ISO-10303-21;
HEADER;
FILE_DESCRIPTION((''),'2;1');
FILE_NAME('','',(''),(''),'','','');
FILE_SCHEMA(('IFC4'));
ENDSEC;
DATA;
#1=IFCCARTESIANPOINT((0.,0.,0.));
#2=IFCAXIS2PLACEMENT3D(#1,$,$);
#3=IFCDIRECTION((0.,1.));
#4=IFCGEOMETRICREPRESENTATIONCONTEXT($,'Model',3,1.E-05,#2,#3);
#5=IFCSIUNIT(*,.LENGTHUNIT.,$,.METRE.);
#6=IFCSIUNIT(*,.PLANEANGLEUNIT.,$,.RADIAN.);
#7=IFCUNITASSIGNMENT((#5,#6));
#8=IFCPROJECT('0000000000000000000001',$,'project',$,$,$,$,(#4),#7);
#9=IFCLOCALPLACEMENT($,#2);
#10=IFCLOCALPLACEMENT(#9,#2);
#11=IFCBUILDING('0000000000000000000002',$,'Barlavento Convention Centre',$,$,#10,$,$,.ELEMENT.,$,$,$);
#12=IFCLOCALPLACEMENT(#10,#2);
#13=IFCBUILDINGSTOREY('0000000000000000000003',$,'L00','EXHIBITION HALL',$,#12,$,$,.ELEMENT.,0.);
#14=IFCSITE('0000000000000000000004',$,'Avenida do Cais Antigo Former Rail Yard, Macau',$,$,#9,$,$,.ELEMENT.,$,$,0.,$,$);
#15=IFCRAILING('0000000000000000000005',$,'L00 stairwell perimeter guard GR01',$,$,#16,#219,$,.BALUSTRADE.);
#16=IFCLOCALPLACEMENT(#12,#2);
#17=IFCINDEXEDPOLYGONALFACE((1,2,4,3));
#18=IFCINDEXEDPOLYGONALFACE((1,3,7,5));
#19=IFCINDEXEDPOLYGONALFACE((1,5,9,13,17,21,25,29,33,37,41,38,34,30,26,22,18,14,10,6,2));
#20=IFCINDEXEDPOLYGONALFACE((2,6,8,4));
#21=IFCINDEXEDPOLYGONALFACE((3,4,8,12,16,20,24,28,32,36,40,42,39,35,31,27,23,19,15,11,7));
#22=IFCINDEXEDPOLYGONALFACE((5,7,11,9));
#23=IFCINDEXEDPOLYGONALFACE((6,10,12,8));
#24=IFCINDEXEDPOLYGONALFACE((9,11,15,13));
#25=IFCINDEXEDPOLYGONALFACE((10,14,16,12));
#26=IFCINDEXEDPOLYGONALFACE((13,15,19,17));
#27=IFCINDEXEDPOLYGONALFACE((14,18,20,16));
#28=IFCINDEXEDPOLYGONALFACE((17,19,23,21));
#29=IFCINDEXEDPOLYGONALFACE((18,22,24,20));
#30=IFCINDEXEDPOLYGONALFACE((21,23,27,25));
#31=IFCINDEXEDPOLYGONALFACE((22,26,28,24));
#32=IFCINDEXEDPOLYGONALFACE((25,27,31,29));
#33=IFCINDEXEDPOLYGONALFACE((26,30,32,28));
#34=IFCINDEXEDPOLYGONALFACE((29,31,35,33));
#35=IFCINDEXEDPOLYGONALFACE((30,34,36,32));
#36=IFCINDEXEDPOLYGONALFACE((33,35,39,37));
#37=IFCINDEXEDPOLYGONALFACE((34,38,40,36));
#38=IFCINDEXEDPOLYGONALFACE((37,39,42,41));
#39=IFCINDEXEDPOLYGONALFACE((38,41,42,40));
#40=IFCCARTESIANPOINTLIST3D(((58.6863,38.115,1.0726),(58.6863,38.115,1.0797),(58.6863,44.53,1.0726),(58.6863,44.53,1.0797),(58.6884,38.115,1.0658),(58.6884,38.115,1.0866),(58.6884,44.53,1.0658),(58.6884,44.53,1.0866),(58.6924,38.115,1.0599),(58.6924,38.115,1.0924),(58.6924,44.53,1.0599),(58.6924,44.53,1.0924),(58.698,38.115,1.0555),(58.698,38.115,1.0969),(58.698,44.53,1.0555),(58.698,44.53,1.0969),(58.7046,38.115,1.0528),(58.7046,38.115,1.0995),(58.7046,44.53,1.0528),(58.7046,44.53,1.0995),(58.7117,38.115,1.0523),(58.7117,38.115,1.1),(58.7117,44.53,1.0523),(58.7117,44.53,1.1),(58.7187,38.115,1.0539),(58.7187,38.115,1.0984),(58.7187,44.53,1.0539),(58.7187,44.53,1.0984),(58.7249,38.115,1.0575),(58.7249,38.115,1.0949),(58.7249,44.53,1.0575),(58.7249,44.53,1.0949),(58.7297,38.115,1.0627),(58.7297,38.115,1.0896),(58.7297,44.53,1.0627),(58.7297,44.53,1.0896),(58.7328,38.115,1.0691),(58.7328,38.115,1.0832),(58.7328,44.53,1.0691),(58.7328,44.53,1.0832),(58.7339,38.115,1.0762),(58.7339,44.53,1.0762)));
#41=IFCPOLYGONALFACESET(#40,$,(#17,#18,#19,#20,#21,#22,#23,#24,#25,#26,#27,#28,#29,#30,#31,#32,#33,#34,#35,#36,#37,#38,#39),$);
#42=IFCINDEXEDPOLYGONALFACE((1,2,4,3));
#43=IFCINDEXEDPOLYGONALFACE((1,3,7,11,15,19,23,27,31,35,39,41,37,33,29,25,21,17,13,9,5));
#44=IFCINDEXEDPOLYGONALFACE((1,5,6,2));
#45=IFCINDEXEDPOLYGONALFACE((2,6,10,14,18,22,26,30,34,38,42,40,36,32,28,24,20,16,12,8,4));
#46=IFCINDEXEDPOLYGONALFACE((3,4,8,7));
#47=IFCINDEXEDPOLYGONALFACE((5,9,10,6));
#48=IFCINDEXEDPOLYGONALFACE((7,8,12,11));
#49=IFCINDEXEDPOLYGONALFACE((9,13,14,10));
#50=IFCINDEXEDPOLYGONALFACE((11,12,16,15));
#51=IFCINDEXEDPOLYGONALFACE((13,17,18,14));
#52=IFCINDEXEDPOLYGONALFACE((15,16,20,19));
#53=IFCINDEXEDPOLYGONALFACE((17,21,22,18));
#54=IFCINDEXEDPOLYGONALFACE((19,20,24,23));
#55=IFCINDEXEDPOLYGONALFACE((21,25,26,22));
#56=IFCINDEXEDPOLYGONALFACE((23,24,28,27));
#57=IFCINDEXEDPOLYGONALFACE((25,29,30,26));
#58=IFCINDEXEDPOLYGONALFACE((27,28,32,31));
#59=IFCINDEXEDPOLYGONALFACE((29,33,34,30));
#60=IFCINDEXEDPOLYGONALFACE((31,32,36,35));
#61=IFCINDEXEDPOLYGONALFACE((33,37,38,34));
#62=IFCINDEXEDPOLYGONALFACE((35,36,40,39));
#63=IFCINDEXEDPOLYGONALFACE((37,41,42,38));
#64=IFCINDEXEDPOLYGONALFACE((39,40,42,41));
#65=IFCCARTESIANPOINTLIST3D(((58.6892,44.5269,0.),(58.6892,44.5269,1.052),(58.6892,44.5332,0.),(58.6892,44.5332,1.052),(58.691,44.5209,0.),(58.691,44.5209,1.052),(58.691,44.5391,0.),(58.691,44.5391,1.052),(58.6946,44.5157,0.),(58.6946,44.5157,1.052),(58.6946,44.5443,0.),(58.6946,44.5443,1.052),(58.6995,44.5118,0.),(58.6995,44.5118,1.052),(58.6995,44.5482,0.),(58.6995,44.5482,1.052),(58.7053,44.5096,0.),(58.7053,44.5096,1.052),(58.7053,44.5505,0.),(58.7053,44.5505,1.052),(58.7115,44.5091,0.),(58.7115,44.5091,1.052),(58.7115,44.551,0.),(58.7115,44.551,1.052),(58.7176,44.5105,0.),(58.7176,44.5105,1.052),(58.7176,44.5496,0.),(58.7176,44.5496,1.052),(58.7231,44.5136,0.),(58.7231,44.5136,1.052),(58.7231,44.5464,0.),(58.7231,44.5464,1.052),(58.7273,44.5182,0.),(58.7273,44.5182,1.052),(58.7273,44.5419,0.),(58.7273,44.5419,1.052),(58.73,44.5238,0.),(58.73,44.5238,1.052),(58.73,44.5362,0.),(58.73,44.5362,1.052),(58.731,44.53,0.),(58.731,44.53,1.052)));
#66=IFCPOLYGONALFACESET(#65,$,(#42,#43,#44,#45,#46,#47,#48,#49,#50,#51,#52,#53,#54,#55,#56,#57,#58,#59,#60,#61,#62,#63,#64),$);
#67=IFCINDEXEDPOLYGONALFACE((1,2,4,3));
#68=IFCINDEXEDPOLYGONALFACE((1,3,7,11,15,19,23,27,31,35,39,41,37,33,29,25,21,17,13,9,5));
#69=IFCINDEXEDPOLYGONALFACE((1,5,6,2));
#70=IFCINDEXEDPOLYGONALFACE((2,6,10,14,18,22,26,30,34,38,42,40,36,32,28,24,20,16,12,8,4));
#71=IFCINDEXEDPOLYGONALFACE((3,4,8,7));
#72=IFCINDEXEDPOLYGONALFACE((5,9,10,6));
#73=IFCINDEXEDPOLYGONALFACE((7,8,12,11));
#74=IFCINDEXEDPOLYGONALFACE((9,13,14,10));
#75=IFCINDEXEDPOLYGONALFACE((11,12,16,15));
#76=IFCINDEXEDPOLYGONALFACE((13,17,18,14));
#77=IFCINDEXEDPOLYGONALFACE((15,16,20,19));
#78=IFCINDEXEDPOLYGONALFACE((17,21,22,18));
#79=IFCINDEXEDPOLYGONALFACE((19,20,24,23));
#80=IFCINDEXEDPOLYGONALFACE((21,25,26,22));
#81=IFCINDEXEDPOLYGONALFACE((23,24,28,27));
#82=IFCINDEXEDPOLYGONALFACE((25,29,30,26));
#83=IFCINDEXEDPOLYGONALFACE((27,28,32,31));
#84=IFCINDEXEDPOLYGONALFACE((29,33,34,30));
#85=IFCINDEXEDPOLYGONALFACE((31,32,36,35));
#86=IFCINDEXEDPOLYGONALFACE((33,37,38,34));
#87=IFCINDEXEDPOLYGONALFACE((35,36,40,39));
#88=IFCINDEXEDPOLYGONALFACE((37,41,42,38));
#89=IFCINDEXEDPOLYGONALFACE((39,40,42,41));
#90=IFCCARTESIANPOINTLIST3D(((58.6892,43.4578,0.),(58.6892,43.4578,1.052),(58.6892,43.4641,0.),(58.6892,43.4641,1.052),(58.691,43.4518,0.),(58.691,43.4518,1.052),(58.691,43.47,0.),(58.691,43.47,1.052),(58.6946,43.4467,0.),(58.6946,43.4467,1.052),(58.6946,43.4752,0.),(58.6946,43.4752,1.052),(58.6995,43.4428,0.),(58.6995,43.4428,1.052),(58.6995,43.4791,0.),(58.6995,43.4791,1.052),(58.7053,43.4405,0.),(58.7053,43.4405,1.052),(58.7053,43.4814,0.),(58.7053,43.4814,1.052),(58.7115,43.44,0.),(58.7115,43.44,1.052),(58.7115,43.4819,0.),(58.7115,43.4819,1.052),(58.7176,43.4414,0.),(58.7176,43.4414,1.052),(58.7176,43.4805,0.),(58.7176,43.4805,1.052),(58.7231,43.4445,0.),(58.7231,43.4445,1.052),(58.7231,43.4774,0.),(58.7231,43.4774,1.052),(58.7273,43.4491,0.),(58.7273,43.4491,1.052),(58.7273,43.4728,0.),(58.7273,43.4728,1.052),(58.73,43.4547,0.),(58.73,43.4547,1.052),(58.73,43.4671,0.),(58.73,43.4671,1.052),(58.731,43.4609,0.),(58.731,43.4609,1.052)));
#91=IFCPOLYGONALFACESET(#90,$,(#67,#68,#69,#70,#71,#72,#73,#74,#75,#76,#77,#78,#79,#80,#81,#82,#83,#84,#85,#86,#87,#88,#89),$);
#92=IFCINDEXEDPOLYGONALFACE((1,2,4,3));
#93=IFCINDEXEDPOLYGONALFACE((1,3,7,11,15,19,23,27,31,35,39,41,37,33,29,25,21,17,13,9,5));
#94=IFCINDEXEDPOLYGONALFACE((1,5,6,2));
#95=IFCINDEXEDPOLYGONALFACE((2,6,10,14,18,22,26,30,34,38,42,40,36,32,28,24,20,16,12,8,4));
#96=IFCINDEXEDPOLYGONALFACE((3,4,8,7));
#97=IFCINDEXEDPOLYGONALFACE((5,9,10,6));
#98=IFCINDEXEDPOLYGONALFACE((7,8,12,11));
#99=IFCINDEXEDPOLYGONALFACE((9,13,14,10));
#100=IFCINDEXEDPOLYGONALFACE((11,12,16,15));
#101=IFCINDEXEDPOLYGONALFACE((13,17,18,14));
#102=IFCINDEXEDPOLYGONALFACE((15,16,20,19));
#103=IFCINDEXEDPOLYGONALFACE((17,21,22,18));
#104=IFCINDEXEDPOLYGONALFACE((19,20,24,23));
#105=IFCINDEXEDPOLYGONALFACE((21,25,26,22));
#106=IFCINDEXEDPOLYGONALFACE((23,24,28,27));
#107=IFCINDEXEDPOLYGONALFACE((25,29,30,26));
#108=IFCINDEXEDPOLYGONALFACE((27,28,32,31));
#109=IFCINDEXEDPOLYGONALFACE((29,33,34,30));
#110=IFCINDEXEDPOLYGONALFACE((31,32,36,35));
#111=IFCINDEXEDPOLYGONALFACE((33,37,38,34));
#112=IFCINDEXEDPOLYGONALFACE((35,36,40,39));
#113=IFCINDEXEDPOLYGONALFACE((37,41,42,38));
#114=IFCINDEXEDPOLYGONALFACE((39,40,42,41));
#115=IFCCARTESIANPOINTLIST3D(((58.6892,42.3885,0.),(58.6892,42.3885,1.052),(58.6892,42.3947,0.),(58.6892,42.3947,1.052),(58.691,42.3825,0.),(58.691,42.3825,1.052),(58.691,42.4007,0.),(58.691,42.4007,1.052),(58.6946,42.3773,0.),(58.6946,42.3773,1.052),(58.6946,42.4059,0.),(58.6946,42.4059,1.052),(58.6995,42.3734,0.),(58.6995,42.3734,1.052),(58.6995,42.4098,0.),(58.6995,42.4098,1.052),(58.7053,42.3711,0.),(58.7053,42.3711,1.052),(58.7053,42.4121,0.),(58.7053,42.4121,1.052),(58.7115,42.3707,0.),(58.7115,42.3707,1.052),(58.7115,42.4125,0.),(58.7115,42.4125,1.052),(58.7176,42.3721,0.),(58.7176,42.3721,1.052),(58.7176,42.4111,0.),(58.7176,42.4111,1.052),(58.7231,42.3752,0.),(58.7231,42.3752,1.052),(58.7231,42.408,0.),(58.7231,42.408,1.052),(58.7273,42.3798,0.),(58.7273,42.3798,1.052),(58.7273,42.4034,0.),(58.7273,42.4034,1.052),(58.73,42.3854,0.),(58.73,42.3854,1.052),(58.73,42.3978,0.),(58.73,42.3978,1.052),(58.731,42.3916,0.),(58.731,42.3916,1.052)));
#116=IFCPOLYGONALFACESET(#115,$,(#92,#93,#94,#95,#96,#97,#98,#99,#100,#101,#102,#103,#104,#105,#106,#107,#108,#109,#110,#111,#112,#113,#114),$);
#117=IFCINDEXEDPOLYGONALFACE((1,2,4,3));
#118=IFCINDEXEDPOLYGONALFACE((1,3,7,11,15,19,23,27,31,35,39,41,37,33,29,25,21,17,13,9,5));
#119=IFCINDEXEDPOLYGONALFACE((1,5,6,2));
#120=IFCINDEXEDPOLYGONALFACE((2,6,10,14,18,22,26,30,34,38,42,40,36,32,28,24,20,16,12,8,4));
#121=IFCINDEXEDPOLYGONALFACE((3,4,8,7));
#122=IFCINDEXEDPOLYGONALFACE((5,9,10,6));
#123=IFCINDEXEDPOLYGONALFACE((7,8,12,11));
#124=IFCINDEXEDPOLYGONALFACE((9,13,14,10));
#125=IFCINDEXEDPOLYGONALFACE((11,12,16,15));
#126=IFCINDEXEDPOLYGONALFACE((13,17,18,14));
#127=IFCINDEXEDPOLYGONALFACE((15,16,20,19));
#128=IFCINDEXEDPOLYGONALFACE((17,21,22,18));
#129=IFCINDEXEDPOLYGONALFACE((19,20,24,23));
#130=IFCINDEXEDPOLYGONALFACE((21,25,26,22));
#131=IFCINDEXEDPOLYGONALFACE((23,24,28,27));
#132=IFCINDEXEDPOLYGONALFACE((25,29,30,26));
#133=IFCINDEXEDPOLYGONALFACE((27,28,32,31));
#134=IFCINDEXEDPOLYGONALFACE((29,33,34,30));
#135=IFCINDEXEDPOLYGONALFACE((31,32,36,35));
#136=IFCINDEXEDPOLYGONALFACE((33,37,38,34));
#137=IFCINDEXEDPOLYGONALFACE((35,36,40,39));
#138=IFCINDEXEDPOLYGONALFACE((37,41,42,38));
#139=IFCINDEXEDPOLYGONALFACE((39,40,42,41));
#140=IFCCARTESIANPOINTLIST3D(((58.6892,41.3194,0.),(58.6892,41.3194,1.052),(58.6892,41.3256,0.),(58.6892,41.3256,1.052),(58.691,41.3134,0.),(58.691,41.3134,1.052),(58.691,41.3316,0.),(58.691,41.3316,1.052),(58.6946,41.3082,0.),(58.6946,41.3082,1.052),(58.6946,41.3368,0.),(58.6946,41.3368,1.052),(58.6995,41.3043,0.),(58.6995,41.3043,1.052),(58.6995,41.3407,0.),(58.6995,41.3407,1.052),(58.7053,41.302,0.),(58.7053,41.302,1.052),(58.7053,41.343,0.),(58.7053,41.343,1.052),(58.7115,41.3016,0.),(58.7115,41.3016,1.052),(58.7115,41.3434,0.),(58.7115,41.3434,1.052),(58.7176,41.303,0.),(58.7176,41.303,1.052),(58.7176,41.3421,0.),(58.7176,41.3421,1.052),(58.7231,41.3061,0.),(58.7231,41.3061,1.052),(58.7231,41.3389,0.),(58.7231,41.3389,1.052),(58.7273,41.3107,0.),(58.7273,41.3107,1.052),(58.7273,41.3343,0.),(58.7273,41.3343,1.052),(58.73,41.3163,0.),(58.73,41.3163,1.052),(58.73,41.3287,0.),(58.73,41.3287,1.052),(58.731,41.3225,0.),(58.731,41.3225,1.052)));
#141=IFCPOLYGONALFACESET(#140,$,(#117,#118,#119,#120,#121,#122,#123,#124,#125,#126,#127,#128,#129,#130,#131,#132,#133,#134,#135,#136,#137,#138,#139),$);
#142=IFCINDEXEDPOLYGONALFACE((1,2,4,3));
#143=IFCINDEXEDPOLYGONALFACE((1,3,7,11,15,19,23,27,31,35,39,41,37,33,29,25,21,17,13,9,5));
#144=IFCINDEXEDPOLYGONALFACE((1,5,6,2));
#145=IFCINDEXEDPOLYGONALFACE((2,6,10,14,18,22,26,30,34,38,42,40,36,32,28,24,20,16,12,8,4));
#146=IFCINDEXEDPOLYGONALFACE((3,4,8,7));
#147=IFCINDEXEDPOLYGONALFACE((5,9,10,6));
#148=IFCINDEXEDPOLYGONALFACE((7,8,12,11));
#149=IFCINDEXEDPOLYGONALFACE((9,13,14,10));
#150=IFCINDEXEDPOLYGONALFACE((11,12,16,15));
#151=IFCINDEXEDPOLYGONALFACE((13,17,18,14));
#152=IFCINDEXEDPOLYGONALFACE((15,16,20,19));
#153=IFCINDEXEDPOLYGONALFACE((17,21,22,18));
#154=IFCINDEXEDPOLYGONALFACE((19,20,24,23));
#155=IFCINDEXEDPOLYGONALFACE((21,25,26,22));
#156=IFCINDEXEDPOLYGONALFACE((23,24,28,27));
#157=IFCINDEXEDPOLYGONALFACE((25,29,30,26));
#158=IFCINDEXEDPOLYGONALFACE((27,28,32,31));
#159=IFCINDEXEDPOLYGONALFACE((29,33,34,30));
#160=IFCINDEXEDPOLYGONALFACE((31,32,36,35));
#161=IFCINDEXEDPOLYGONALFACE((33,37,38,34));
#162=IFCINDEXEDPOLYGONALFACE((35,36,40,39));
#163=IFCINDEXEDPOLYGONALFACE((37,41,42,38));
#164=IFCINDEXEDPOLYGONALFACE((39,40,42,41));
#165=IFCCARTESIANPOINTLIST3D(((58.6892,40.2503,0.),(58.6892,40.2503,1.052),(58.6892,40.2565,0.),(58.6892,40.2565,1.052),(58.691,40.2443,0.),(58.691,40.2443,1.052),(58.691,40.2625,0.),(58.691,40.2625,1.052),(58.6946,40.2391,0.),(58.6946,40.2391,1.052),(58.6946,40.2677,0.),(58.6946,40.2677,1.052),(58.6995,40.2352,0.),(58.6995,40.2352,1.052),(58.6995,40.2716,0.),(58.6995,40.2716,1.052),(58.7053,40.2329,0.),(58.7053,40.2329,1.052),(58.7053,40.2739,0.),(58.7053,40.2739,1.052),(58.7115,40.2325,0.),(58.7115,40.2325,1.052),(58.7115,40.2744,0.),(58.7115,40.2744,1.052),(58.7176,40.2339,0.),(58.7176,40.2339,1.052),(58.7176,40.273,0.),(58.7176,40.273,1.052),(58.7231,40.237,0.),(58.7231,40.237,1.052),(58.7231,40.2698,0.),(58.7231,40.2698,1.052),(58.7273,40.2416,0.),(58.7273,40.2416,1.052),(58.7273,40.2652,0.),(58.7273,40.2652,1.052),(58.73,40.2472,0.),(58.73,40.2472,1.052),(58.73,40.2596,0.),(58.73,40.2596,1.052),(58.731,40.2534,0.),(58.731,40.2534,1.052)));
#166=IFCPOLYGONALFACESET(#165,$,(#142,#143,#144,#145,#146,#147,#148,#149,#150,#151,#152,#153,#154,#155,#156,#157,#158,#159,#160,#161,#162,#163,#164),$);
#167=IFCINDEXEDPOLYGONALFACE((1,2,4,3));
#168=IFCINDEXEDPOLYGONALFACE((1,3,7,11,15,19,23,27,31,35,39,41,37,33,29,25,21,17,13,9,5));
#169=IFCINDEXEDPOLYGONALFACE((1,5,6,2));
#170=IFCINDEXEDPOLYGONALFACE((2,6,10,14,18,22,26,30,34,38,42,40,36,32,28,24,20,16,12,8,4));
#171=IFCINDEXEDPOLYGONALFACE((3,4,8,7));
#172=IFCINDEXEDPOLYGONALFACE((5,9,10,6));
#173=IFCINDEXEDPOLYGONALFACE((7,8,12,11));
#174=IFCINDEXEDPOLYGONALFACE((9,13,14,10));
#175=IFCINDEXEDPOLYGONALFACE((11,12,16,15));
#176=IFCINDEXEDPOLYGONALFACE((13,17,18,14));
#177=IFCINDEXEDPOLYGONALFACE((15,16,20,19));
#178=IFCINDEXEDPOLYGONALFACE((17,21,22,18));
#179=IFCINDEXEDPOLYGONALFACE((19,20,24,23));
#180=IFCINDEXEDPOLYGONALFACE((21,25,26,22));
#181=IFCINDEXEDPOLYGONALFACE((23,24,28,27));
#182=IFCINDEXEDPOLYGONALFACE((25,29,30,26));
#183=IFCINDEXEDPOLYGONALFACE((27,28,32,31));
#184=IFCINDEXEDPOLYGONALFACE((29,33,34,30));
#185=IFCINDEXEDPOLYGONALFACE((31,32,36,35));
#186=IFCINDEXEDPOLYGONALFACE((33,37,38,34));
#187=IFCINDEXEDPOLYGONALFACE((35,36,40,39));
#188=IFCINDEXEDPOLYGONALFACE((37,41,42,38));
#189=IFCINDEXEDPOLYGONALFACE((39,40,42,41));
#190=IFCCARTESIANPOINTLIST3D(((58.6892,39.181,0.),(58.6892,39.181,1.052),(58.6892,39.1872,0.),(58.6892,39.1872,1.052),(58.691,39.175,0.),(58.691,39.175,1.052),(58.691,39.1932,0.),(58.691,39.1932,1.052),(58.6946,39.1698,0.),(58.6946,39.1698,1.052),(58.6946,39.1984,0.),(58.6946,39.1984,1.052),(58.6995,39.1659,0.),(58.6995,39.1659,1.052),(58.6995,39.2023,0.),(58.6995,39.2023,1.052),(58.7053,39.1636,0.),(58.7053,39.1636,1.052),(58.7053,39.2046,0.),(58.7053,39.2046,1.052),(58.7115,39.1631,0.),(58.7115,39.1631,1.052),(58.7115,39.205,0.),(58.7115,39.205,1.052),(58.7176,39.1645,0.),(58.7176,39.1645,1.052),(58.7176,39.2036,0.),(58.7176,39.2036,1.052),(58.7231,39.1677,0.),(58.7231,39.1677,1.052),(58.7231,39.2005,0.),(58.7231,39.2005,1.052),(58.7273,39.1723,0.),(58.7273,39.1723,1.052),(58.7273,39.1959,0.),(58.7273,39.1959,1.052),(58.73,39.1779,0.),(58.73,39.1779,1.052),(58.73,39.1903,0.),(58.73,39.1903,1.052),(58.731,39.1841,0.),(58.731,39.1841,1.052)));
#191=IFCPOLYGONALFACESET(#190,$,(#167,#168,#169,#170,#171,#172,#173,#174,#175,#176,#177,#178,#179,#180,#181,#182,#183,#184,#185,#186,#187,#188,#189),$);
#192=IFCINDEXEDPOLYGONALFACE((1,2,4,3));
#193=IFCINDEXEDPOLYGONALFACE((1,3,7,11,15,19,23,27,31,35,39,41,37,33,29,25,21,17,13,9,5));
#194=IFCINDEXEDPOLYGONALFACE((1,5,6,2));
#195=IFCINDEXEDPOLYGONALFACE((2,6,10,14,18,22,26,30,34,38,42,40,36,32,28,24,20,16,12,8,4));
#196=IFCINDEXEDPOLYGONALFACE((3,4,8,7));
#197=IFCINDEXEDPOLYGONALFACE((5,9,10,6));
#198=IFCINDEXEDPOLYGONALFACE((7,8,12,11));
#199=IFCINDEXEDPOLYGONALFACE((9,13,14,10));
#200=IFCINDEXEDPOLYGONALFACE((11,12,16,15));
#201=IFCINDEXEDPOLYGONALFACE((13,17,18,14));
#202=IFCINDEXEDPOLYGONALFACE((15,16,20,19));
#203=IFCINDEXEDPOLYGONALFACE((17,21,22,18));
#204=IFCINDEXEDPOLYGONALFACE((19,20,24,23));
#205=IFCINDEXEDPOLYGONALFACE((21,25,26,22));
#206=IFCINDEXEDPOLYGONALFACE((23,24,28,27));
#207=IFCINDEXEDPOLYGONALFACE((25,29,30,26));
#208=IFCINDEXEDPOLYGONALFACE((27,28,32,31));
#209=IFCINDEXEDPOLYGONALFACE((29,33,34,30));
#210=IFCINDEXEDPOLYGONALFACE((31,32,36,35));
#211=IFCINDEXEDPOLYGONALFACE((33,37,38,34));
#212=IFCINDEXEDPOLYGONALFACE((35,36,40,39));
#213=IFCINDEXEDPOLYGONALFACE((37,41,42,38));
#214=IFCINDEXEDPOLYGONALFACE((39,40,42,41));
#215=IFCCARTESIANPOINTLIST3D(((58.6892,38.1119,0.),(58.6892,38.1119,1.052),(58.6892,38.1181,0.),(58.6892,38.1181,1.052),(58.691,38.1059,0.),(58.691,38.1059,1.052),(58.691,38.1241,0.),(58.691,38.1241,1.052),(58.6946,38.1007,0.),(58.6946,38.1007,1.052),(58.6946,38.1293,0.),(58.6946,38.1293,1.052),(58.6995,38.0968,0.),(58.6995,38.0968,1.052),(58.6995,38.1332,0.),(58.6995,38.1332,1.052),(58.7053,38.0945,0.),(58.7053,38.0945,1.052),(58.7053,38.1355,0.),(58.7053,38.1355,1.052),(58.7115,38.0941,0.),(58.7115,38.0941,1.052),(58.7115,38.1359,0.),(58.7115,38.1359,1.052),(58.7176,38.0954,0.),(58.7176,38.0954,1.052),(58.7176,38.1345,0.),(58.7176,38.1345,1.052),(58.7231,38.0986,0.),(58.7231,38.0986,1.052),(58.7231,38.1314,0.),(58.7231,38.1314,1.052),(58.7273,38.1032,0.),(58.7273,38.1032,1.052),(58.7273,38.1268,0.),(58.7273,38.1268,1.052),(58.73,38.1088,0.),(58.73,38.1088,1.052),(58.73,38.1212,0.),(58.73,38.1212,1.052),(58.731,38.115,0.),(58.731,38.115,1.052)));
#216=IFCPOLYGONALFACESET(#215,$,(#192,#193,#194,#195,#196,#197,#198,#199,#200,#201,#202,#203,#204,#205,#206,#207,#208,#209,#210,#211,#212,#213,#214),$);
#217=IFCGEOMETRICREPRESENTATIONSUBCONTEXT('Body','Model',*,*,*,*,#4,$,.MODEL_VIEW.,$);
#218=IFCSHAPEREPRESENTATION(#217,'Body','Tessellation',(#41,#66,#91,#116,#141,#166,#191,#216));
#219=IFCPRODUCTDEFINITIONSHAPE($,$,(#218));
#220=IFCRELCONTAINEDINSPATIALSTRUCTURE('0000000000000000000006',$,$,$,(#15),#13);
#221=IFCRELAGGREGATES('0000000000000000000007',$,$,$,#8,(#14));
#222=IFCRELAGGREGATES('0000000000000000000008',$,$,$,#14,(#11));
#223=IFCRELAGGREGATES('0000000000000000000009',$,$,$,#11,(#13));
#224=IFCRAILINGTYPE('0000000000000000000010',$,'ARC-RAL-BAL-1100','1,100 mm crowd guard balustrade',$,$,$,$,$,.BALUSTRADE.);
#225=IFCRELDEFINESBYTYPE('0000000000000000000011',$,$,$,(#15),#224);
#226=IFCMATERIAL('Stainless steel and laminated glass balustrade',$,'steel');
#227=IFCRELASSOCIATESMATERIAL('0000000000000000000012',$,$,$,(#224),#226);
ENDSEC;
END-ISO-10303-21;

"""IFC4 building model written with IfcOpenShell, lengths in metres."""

from ifc_helpers import new_model, si_unit, direction, frame, origin, origin_2d, place, context, subcontext, project, spatial, circle, extrude, material, type_object, element, save


model = new_model("IFC4")

# Units and contexts
model_context = context("Model", 3, precision=1e-05, world=origin(), true_north=direction((0.0, 1.0)))
body_context = subcontext(model_context, "Body", "Model", "MODEL_VIEW")
ifc_project = project(units=[si_unit("LENGTHUNIT", "METRE"), si_unit("PLANEANGLEUNIT", "RADIAN")], contexts=[model_context])

# Site, building, storey
site_placement = place(None, origin())
site = spatial("IfcSite", under=ifc_project, at=site_placement, Name="Avenida do Cais Antigo Former Rail Yard, Macau", CompositionType="ELEMENT", RefElevation=0.0)
building_placement = place(site_placement, origin())
building = spatial("IfcBuilding", under=site, at=building_placement, Name="Barlavento Convention Centre", CompositionType="ELEMENT")
storey_placement = place(building_placement, origin())
storey = spatial("IfcBuildingStorey", under=building, at=storey_placement, Name="L00", Description="EXHIBITION HALL", CompositionType="ELEMENT", Elevation=0.0)

# Railing
ifc_material_1 = material(Name="Stainless steel and laminated glass balustrade", Category="steel")
railing_type_1 = type_object("IfcRailingType", Name="ARC-RAL-BAL-1100", Description="1,100 mm crowd guard balustrade", PredefinedType="BALUSTRADE", material=ifc_material_1)
railing_1_placement = place(storey_placement, frame((58.71, 44.53, 0.0)))
element("IfcRailing", 1, at=railing_1_placement, inside=storey, type_object=railing_type_1, Name="L00 stairwell perimeter guard GR01", PredefinedType="BALUSTRADE", context=body_context, shape_type="SweptSolid", body=[
    extrude(circle(Radius=0.0239, at=origin_2d()), frame((0.0, 0.0, 1.0762), z_axis=(0.0, -1.0, 0.0), x_axis=(1.0, 0.0, 0.0)), (0.0, 0.0, 1.0), 6.415),
    extrude(circle(Radius=0.021, at=origin_2d()), origin(), (0.0, 0.0, 1.0), 1.052),
    extrude(circle(Radius=0.021, at=origin_2d()), frame((0.0, -1.0691, 0.0)), (0.0, 0.0, 1.0), 1.052),
    extrude(circle(Radius=0.021, at=origin_2d()), frame((0.0, -2.1384, 0.0)), (0.0, 0.0, 1.0), 1.052),
    extrude(circle(Radius=0.021, at=origin_2d()), frame((0.0, -3.2075, 0.0)), (0.0, 0.0, 1.0), 1.052),
    extrude(circle(Radius=0.021, at=origin_2d()), frame((0.0, -4.2766, 0.0)), (0.0, 0.0, 1.0), 1.052),
    extrude(circle(Radius=0.021, at=origin_2d()), frame((0.0, -5.3459, 0.0)), (0.0, 0.0, 1.0), 1.052),
    extrude(circle(Radius=0.021, at=origin_2d()), frame((0.0, -6.415, 0.0)), (0.0, 0.0, 1.0), 1.052),
])

save(model, "model.ifc")
